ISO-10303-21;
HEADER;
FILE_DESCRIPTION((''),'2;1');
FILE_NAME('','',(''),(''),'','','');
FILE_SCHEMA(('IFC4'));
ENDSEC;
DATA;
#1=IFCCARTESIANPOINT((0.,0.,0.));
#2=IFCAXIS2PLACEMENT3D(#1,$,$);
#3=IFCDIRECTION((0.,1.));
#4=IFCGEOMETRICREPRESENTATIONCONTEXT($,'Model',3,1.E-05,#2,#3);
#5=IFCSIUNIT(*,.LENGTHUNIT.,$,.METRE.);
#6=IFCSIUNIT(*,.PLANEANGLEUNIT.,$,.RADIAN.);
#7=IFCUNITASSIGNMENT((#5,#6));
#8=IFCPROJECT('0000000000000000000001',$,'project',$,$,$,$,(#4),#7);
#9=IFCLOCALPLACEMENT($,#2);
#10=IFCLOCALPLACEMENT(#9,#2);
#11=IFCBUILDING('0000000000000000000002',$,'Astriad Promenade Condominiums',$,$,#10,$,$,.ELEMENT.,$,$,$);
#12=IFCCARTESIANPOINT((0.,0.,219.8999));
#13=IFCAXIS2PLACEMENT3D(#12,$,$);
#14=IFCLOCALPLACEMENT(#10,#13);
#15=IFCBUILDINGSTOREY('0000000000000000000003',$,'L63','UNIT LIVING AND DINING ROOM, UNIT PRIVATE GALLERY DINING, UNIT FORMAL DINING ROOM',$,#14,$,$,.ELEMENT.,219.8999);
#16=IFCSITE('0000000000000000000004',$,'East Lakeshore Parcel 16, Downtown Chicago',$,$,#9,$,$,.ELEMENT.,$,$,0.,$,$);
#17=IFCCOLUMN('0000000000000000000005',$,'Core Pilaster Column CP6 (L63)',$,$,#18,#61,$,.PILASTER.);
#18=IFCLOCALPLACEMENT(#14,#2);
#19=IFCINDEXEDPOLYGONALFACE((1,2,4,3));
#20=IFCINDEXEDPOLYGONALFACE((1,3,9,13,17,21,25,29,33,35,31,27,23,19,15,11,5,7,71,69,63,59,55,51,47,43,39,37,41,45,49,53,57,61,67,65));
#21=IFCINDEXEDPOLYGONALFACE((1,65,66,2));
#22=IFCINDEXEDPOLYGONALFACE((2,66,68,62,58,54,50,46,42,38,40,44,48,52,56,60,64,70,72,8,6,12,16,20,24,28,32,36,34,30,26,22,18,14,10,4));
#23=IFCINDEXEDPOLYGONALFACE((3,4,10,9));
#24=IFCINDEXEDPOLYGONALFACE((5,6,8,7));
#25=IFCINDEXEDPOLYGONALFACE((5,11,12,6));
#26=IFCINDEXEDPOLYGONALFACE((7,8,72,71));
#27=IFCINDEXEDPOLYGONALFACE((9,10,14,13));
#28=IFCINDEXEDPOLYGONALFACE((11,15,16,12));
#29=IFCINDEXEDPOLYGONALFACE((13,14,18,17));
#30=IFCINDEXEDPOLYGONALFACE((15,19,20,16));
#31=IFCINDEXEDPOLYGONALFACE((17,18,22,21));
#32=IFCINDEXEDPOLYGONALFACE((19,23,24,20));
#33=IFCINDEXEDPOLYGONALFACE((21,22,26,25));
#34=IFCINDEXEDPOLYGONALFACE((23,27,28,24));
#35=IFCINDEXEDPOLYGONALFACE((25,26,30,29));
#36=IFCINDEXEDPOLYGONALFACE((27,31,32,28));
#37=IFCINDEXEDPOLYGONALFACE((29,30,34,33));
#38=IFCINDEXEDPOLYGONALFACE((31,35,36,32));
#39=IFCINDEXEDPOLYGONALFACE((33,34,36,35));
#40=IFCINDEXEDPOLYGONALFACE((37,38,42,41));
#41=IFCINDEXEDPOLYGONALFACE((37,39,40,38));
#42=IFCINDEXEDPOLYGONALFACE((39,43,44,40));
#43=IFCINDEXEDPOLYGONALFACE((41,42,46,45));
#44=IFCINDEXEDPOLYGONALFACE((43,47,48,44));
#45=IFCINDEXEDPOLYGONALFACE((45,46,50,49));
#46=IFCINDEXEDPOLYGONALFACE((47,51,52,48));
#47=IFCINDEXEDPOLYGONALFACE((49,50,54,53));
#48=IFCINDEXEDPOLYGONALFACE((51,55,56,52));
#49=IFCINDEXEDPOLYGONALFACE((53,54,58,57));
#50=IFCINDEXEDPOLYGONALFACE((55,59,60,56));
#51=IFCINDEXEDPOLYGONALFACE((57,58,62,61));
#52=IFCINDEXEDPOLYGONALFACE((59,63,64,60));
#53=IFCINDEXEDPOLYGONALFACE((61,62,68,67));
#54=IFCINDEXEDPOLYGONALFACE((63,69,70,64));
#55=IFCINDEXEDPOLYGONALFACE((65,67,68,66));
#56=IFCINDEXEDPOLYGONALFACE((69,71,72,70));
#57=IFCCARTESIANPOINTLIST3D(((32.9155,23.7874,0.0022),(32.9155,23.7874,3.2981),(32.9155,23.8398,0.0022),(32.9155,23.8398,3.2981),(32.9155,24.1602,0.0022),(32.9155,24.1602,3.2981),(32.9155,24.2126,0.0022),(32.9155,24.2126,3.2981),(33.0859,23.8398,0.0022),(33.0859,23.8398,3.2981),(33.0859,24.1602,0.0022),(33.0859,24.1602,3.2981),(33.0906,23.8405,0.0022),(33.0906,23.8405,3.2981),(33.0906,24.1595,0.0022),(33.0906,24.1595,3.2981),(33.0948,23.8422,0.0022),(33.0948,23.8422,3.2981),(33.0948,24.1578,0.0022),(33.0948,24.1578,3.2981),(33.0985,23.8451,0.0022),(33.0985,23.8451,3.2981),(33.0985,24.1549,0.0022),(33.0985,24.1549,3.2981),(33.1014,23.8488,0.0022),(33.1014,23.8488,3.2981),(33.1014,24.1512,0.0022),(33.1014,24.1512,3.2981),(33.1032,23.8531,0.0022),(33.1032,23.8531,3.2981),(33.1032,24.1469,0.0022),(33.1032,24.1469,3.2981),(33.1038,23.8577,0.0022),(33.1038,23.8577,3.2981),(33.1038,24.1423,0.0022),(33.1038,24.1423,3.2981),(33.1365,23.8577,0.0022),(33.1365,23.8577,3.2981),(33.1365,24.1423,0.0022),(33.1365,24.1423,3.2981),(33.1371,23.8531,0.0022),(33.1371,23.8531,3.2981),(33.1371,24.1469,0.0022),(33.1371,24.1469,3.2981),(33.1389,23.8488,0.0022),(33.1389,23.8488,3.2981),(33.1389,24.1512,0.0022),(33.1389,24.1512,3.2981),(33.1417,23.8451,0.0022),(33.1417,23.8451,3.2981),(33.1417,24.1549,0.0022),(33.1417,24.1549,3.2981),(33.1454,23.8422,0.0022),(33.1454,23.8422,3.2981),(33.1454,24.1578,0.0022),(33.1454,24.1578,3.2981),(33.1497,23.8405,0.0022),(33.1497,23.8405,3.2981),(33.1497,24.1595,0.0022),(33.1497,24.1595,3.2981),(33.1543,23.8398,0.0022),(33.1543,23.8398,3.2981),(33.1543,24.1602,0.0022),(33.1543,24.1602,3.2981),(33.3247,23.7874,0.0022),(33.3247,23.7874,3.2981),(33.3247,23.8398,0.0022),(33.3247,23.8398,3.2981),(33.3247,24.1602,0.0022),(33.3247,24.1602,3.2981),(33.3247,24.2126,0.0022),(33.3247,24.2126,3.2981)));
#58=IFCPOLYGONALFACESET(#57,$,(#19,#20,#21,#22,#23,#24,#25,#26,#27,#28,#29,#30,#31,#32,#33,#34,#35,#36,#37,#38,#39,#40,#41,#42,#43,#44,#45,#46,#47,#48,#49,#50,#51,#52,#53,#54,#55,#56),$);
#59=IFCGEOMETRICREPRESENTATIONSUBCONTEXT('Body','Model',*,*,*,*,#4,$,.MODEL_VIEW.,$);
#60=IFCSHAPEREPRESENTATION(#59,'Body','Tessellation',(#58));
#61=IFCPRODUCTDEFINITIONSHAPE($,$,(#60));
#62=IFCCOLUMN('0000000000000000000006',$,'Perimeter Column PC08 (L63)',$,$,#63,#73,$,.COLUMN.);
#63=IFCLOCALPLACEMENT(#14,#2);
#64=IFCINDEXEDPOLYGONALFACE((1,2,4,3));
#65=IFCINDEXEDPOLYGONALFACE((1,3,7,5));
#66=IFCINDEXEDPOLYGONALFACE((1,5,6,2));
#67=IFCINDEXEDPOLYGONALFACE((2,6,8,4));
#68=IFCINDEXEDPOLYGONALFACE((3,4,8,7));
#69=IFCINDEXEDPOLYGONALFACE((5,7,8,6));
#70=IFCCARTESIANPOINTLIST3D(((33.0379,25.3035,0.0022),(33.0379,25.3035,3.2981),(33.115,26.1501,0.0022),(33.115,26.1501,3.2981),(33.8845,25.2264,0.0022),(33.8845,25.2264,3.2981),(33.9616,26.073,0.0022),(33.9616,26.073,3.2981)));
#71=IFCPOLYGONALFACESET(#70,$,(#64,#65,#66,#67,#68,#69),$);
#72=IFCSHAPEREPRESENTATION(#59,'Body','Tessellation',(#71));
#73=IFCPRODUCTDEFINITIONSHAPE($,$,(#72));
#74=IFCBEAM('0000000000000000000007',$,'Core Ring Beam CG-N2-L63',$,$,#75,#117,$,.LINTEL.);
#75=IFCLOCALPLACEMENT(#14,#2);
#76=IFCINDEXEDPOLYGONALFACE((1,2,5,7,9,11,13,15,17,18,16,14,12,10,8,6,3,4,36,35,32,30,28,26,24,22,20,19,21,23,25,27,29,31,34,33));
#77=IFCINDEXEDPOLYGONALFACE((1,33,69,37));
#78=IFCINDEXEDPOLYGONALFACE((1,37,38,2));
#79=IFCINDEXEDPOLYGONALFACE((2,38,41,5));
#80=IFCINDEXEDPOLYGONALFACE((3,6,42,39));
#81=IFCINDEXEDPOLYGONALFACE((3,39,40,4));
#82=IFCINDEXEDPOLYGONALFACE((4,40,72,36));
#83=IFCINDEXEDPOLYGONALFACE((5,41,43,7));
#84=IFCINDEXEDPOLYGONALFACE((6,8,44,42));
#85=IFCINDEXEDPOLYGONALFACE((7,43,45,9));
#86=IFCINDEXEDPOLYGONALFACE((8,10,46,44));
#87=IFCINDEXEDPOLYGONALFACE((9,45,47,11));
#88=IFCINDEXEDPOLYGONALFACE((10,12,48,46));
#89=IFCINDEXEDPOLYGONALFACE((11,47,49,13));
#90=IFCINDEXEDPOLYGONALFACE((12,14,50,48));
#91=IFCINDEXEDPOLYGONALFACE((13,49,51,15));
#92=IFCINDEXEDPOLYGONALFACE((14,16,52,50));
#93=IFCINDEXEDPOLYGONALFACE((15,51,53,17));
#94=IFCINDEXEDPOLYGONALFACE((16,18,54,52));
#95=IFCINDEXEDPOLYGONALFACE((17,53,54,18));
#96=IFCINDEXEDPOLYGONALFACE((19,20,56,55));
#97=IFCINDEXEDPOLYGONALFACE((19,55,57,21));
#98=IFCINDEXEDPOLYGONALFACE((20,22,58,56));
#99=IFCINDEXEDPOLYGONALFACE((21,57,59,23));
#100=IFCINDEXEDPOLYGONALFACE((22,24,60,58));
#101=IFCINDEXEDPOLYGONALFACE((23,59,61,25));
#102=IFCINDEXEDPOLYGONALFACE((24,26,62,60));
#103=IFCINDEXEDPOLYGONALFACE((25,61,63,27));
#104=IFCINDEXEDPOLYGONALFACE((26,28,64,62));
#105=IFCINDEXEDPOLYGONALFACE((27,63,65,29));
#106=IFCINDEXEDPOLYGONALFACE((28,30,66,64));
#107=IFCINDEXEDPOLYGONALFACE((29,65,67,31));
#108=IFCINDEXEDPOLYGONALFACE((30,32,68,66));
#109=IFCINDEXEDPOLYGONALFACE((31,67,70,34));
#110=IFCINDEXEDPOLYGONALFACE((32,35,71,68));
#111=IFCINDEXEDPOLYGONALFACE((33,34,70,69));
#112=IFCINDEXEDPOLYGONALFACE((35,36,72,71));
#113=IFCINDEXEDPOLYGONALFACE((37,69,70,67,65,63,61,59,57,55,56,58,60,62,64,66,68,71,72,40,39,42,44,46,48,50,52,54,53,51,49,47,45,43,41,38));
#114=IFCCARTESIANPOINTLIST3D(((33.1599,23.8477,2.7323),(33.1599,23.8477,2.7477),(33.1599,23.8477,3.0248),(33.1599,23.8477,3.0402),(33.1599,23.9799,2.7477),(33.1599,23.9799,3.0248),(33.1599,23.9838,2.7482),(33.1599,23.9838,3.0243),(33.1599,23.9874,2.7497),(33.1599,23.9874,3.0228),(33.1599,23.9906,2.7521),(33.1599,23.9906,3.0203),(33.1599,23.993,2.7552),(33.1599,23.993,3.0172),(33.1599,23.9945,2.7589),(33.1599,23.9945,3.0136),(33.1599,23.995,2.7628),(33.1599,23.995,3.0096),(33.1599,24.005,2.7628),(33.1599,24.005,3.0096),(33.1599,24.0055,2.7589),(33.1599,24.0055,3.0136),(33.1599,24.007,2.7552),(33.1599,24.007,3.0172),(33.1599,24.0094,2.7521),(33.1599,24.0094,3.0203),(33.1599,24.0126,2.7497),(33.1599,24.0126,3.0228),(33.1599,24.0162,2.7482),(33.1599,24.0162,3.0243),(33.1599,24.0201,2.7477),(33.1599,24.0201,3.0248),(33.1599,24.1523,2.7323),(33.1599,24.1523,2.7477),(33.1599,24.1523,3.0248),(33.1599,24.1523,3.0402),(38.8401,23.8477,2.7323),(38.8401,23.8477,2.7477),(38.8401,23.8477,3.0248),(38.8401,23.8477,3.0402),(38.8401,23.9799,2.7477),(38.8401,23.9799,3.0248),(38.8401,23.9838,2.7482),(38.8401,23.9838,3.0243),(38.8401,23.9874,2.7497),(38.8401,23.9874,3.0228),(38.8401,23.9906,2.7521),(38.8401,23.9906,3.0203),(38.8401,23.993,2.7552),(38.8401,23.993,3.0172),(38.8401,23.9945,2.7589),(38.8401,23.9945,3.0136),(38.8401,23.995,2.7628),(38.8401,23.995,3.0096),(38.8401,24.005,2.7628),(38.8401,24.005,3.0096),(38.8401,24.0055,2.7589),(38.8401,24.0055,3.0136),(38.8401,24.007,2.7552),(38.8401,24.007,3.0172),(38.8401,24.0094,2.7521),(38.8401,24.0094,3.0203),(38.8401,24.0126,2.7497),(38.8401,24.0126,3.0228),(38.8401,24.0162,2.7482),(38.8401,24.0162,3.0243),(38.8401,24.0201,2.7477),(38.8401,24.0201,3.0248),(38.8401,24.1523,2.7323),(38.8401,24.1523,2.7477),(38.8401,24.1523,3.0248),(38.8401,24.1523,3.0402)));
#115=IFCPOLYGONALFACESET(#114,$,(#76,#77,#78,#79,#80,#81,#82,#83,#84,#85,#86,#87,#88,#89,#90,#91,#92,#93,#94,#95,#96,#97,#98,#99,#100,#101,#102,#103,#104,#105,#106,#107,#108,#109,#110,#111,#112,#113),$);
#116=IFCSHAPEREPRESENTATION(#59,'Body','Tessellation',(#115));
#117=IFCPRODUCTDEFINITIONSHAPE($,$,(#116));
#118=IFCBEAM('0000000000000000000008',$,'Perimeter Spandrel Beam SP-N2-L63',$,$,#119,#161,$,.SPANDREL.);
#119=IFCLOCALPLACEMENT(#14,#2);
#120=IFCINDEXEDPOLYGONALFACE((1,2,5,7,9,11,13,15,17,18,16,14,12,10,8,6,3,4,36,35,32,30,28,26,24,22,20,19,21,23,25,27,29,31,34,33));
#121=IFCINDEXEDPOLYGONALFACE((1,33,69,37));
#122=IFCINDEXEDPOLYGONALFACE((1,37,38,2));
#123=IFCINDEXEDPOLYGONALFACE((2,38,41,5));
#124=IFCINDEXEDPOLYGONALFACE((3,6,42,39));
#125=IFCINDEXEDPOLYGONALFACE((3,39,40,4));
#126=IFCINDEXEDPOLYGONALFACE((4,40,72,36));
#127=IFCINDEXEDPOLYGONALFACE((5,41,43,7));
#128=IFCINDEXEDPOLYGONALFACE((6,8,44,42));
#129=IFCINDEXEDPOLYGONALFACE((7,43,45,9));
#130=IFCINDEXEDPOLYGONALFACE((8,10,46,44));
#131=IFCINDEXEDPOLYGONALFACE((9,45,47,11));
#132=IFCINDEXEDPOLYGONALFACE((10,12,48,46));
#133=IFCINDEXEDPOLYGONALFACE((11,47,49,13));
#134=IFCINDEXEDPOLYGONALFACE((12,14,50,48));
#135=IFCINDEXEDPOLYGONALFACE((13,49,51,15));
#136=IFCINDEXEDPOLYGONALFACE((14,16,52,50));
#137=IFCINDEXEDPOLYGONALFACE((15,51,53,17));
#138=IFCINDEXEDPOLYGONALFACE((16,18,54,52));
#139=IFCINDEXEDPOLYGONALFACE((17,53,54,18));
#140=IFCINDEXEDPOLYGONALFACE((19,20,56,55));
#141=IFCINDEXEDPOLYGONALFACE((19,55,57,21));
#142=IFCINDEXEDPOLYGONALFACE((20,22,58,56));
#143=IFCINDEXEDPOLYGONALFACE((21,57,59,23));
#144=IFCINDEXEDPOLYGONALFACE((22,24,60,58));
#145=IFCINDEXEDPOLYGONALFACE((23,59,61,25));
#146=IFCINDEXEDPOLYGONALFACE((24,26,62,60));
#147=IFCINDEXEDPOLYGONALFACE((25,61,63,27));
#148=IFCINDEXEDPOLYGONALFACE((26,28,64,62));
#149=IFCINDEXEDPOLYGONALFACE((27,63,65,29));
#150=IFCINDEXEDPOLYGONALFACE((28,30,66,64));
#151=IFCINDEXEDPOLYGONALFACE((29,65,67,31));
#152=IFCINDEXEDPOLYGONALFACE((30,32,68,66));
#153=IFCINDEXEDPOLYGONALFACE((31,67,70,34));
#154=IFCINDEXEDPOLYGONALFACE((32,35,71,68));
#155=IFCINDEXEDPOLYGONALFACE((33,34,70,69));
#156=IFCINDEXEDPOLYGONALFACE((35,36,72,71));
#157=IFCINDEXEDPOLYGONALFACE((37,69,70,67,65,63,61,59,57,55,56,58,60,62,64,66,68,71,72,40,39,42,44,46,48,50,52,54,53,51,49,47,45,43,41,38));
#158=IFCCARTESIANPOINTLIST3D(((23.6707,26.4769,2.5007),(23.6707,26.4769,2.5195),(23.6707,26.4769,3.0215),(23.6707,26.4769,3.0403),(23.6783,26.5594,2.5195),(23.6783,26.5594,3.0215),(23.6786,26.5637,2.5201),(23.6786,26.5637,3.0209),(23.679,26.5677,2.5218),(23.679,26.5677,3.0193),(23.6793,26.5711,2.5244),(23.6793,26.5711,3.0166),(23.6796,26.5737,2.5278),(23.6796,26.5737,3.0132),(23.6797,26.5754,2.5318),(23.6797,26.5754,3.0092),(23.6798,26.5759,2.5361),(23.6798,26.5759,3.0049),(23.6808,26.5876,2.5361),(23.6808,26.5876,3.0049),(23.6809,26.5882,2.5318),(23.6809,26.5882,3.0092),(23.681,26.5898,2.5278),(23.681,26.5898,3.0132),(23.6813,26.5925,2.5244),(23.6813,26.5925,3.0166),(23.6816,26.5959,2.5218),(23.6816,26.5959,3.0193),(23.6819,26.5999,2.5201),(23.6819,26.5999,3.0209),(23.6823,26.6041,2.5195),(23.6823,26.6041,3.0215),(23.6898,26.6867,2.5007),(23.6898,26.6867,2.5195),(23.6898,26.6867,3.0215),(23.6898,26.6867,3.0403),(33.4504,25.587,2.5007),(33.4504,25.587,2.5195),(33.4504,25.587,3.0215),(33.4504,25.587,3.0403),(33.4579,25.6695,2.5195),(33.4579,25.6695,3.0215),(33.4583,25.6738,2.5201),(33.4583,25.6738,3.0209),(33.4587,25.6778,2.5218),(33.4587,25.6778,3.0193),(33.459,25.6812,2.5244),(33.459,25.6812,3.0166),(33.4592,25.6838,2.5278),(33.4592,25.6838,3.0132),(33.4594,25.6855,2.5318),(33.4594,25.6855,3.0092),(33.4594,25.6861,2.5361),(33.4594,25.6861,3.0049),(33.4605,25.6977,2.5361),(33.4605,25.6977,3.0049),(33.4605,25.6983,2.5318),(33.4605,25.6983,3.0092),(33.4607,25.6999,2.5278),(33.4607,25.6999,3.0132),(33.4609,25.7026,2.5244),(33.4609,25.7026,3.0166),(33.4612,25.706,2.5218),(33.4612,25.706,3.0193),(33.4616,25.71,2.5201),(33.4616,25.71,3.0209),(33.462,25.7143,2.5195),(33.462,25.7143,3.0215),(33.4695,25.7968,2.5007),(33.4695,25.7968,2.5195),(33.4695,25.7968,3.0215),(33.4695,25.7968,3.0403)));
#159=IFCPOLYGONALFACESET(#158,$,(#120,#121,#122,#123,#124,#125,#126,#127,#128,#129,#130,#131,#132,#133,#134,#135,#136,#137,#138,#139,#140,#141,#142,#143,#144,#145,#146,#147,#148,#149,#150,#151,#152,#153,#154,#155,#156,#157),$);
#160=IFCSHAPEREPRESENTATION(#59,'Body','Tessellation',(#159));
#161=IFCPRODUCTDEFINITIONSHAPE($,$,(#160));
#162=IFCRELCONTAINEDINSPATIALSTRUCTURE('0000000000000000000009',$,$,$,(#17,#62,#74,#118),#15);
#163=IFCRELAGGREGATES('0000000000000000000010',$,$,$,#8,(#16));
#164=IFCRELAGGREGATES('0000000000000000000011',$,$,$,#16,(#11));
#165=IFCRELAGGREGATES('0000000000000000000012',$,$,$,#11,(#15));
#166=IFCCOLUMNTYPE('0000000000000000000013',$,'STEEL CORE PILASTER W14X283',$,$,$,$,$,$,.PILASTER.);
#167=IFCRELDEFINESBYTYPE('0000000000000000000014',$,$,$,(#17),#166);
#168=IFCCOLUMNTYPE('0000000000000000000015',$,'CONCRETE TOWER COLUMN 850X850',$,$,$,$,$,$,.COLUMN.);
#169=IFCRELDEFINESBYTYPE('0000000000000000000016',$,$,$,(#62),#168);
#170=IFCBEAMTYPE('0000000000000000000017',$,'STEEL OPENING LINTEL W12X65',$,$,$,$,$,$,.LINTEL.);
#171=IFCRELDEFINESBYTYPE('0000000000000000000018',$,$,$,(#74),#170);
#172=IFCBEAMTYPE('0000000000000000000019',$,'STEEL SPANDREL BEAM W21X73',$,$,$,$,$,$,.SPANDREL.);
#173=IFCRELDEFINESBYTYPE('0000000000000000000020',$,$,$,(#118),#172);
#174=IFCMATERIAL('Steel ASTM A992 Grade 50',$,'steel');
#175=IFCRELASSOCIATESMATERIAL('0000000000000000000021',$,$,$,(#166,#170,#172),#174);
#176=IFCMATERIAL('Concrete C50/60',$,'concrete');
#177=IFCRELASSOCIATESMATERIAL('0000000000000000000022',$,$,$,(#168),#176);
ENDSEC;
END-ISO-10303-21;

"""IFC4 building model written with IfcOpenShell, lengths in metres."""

from ifc_helpers import new_model, si_unit, direction, frame, origin, origin_2d, place, context, subcontext, project, spatial, rectangle, i_section, extrude, source, transform, mapped, material, material_profile, profile_set, type_object, type_shapes, element, save


model = new_model("IFC4")

# Units and contexts
model_context = context("Model", 3, precision=1e-05, world=origin(), true_north=direction((0.0, 1.0)))
body_context = subcontext(model_context, "Body", "Model", "MODEL_VIEW")
ifc_project = project(units=[si_unit("LENGTHUNIT", "METRE"), si_unit("PLANEANGLEUNIT", "RADIAN")], contexts=[model_context])

# Site, building, storey
site_placement = place(None, origin())
site = spatial("IfcSite", under=ifc_project, at=site_placement, Name="East Lakeshore Parcel 16, Downtown Chicago", CompositionType="ELEMENT", RefElevation=0.0)
building_placement = place(site_placement, origin())
building = spatial("IfcBuilding", under=site, at=building_placement, Name="Astriad Promenade Condominiums", CompositionType="ELEMENT")
storey_placement = place(building_placement, frame((0.0, 0.0, 219.8999)))
storey = spatial("IfcBuildingStorey", under=building, at=storey_placement, Name="L63", Description="UNIT LIVING AND DINING ROOM, UNIT PRIVATE GALLERY DINING, UNIT FORMAL DINING ROOM", CompositionType="ELEMENT", Elevation=219.8999)

# Columns
ifc_material_1 = material(Name="Steel ASTM A992 Grade 50", Category="steel")
ifc_material_profile_1 = material_profile(ifc_material_1, i_section(OverallWidth=0.4092, OverallDepth=0.4253, WebThickness=0.0327, FlangeThickness=0.0525, FilletRadius=0.0178, at=origin_2d()), Name="W14X283")
ifc_profile_set_1 = profile_set([ifc_material_profile_1], Name="Steel ASTM A992 Grade 50")
column_type_1 = type_object("IfcColumnType", Name="STEEL CORE PILASTER W14X283", PredefinedType="PILASTER", material=ifc_profile_set_1)
shared_shape_1 = source(origin(), body_context, "Body", "SweptSolid", [
    extrude(i_section(OverallWidth=0.4092, OverallDepth=0.4253, WebThickness=0.0327, FlangeThickness=0.0525, FilletRadius=0.0178, at=origin_2d()), origin(), (0.0, 0.0, 1.0), 3.2959),
])
type_shapes(column_type_1, [shared_shape_1])
column_1_placement = place(storey_placement, frame((33.1201, 24.0, 0.0022), z_axis=(0.0, 0.0, 1.0), x_axis=(1.0, 0.0, 0.0)))
element("IfcColumn", 1, at=column_1_placement, inside=storey, type_object=column_type_1, Name="Core Pilaster Column CP6 (L63)", PredefinedType="PILASTER", context=body_context, shape_type="MappedRepresentation", body=[
    mapped(shared_shape_1, transform((0.0, 0.0, 0.0), scale=1.0)),
])
ifc_material_2 = material(Name="Concrete C50/60", Category="concrete")
ifc_material_profile_2 = material_profile(ifc_material_2, rectangle(XDim=0.8501, YDim=0.8501, at=origin_2d()), Name="RC-COL-850X850")
ifc_profile_set_2 = profile_set([ifc_material_profile_2], Name="Concrete C50/60")
column_type_2 = type_object("IfcColumnType", Name="CONCRETE TOWER COLUMN 850X850", PredefinedType="COLUMN", material=ifc_profile_set_2)
shared_shape_2 = source(origin(), body_context, "Body", "SweptSolid", [
    extrude(rectangle(XDim=0.8501, YDim=0.8501, at=origin_2d()), origin(), (0.0, 0.0, 1.0), 3.2959),
])
type_shapes(column_type_2, [shared_shape_2])
column_2_placement = place(storey_placement, frame((33.4998, 25.6882, 0.0022), z_axis=(0.0, 0.0, 1.0), x_axis=(0.995884, -0.090633, 0.0)))
element("IfcColumn", 2, at=column_2_placement, inside=storey, type_object=column_type_2, Name="Perimeter Column PC08 (L63)", PredefinedType="COLUMN", context=body_context, shape_type="MappedRepresentation", body=[
    mapped(shared_shape_2, transform((0.0, 0.0, 0.0), scale=1.0)),
])

# Beams
ifc_material_profile_3 = material_profile(ifc_material_1, i_section(OverallWidth=0.3047, OverallDepth=0.3079, WebThickness=0.01, FlangeThickness=0.0154, FilletRadius=0.0151, at=origin_2d()), Name="W12X65")
ifc_profile_set_3 = profile_set([ifc_material_profile_3], Name="Steel ASTM A992 Grade 50")
beam_type_1 = type_object("IfcBeamType", Name="STEEL OPENING LINTEL W12X65", PredefinedType="LINTEL", material=ifc_profile_set_3)
shared_shape_3 = source(origin(), body_context, "Body", "SweptSolid", [
    extrude(i_section(OverallWidth=0.3047, OverallDepth=0.3079, WebThickness=0.01, FlangeThickness=0.0154, FilletRadius=0.0151, at=origin_2d()), origin(), (0.0, 0.0, 1.0), 5.6802),
])
type_shapes(beam_type_1, [shared_shape_3])
beam_1_placement = place(storey_placement, frame((33.1599, 24.0, 2.8862), z_axis=(1.0, 0.0, 0.0), x_axis=(0.0, 1.0, 0.0)))
element("IfcBeam", 3, at=beam_1_placement, inside=storey, type_object=beam_type_1, Name="Core Ring Beam CG-N2-L63", PredefinedType="LINTEL", context=body_context, shape_type="MappedRepresentation", body=[
    mapped(shared_shape_3, transform((0.0, 0.0, 0.0), scale=1.0)),
])
ifc_material_profile_4 = material_profile(ifc_material_1, i_section(OverallWidth=0.2107, OverallDepth=0.5396, WebThickness=0.0117, FlangeThickness=0.0188, FilletRadius=0.0166, at=origin_2d()), Name="W21X73")
ifc_profile_set_4 = profile_set([ifc_material_profile_4], Name="Steel ASTM A992 Grade 50")
beam_type_2 = type_object("IfcBeamType", Name="STEEL SPANDREL BEAM W21X73", PredefinedType="SPANDREL", material=ifc_profile_set_4)
shared_shape_4 = source(origin(), body_context, "Body", "SweptSolid", [
    extrude(i_section(OverallWidth=0.2107, OverallDepth=0.5396, WebThickness=0.0117, FlangeThickness=0.0188, FilletRadius=0.0166, at=origin_2d()), origin(), (0.0, 0.0, 1.0), 9.8201),
])
type_shapes(beam_type_2, [shared_shape_4])
beam_2_placement = place(storey_placement, frame((33.46, 25.6919, 2.7705), z_axis=(-0.995886, 0.090619, 0.0), x_axis=(-0.090619, -0.995886, 0.0)))
element("IfcBeam", 4, at=beam_2_placement, inside=storey, type_object=beam_type_2, Name="Perimeter Spandrel Beam SP-N2-L63", PredefinedType="SPANDREL", context=body_context, shape_type="MappedRepresentation", body=[
    mapped(shared_shape_4, transform((0.0, 0.0, 0.0), scale=1.0)),
])

save(model, "model.ifc")
